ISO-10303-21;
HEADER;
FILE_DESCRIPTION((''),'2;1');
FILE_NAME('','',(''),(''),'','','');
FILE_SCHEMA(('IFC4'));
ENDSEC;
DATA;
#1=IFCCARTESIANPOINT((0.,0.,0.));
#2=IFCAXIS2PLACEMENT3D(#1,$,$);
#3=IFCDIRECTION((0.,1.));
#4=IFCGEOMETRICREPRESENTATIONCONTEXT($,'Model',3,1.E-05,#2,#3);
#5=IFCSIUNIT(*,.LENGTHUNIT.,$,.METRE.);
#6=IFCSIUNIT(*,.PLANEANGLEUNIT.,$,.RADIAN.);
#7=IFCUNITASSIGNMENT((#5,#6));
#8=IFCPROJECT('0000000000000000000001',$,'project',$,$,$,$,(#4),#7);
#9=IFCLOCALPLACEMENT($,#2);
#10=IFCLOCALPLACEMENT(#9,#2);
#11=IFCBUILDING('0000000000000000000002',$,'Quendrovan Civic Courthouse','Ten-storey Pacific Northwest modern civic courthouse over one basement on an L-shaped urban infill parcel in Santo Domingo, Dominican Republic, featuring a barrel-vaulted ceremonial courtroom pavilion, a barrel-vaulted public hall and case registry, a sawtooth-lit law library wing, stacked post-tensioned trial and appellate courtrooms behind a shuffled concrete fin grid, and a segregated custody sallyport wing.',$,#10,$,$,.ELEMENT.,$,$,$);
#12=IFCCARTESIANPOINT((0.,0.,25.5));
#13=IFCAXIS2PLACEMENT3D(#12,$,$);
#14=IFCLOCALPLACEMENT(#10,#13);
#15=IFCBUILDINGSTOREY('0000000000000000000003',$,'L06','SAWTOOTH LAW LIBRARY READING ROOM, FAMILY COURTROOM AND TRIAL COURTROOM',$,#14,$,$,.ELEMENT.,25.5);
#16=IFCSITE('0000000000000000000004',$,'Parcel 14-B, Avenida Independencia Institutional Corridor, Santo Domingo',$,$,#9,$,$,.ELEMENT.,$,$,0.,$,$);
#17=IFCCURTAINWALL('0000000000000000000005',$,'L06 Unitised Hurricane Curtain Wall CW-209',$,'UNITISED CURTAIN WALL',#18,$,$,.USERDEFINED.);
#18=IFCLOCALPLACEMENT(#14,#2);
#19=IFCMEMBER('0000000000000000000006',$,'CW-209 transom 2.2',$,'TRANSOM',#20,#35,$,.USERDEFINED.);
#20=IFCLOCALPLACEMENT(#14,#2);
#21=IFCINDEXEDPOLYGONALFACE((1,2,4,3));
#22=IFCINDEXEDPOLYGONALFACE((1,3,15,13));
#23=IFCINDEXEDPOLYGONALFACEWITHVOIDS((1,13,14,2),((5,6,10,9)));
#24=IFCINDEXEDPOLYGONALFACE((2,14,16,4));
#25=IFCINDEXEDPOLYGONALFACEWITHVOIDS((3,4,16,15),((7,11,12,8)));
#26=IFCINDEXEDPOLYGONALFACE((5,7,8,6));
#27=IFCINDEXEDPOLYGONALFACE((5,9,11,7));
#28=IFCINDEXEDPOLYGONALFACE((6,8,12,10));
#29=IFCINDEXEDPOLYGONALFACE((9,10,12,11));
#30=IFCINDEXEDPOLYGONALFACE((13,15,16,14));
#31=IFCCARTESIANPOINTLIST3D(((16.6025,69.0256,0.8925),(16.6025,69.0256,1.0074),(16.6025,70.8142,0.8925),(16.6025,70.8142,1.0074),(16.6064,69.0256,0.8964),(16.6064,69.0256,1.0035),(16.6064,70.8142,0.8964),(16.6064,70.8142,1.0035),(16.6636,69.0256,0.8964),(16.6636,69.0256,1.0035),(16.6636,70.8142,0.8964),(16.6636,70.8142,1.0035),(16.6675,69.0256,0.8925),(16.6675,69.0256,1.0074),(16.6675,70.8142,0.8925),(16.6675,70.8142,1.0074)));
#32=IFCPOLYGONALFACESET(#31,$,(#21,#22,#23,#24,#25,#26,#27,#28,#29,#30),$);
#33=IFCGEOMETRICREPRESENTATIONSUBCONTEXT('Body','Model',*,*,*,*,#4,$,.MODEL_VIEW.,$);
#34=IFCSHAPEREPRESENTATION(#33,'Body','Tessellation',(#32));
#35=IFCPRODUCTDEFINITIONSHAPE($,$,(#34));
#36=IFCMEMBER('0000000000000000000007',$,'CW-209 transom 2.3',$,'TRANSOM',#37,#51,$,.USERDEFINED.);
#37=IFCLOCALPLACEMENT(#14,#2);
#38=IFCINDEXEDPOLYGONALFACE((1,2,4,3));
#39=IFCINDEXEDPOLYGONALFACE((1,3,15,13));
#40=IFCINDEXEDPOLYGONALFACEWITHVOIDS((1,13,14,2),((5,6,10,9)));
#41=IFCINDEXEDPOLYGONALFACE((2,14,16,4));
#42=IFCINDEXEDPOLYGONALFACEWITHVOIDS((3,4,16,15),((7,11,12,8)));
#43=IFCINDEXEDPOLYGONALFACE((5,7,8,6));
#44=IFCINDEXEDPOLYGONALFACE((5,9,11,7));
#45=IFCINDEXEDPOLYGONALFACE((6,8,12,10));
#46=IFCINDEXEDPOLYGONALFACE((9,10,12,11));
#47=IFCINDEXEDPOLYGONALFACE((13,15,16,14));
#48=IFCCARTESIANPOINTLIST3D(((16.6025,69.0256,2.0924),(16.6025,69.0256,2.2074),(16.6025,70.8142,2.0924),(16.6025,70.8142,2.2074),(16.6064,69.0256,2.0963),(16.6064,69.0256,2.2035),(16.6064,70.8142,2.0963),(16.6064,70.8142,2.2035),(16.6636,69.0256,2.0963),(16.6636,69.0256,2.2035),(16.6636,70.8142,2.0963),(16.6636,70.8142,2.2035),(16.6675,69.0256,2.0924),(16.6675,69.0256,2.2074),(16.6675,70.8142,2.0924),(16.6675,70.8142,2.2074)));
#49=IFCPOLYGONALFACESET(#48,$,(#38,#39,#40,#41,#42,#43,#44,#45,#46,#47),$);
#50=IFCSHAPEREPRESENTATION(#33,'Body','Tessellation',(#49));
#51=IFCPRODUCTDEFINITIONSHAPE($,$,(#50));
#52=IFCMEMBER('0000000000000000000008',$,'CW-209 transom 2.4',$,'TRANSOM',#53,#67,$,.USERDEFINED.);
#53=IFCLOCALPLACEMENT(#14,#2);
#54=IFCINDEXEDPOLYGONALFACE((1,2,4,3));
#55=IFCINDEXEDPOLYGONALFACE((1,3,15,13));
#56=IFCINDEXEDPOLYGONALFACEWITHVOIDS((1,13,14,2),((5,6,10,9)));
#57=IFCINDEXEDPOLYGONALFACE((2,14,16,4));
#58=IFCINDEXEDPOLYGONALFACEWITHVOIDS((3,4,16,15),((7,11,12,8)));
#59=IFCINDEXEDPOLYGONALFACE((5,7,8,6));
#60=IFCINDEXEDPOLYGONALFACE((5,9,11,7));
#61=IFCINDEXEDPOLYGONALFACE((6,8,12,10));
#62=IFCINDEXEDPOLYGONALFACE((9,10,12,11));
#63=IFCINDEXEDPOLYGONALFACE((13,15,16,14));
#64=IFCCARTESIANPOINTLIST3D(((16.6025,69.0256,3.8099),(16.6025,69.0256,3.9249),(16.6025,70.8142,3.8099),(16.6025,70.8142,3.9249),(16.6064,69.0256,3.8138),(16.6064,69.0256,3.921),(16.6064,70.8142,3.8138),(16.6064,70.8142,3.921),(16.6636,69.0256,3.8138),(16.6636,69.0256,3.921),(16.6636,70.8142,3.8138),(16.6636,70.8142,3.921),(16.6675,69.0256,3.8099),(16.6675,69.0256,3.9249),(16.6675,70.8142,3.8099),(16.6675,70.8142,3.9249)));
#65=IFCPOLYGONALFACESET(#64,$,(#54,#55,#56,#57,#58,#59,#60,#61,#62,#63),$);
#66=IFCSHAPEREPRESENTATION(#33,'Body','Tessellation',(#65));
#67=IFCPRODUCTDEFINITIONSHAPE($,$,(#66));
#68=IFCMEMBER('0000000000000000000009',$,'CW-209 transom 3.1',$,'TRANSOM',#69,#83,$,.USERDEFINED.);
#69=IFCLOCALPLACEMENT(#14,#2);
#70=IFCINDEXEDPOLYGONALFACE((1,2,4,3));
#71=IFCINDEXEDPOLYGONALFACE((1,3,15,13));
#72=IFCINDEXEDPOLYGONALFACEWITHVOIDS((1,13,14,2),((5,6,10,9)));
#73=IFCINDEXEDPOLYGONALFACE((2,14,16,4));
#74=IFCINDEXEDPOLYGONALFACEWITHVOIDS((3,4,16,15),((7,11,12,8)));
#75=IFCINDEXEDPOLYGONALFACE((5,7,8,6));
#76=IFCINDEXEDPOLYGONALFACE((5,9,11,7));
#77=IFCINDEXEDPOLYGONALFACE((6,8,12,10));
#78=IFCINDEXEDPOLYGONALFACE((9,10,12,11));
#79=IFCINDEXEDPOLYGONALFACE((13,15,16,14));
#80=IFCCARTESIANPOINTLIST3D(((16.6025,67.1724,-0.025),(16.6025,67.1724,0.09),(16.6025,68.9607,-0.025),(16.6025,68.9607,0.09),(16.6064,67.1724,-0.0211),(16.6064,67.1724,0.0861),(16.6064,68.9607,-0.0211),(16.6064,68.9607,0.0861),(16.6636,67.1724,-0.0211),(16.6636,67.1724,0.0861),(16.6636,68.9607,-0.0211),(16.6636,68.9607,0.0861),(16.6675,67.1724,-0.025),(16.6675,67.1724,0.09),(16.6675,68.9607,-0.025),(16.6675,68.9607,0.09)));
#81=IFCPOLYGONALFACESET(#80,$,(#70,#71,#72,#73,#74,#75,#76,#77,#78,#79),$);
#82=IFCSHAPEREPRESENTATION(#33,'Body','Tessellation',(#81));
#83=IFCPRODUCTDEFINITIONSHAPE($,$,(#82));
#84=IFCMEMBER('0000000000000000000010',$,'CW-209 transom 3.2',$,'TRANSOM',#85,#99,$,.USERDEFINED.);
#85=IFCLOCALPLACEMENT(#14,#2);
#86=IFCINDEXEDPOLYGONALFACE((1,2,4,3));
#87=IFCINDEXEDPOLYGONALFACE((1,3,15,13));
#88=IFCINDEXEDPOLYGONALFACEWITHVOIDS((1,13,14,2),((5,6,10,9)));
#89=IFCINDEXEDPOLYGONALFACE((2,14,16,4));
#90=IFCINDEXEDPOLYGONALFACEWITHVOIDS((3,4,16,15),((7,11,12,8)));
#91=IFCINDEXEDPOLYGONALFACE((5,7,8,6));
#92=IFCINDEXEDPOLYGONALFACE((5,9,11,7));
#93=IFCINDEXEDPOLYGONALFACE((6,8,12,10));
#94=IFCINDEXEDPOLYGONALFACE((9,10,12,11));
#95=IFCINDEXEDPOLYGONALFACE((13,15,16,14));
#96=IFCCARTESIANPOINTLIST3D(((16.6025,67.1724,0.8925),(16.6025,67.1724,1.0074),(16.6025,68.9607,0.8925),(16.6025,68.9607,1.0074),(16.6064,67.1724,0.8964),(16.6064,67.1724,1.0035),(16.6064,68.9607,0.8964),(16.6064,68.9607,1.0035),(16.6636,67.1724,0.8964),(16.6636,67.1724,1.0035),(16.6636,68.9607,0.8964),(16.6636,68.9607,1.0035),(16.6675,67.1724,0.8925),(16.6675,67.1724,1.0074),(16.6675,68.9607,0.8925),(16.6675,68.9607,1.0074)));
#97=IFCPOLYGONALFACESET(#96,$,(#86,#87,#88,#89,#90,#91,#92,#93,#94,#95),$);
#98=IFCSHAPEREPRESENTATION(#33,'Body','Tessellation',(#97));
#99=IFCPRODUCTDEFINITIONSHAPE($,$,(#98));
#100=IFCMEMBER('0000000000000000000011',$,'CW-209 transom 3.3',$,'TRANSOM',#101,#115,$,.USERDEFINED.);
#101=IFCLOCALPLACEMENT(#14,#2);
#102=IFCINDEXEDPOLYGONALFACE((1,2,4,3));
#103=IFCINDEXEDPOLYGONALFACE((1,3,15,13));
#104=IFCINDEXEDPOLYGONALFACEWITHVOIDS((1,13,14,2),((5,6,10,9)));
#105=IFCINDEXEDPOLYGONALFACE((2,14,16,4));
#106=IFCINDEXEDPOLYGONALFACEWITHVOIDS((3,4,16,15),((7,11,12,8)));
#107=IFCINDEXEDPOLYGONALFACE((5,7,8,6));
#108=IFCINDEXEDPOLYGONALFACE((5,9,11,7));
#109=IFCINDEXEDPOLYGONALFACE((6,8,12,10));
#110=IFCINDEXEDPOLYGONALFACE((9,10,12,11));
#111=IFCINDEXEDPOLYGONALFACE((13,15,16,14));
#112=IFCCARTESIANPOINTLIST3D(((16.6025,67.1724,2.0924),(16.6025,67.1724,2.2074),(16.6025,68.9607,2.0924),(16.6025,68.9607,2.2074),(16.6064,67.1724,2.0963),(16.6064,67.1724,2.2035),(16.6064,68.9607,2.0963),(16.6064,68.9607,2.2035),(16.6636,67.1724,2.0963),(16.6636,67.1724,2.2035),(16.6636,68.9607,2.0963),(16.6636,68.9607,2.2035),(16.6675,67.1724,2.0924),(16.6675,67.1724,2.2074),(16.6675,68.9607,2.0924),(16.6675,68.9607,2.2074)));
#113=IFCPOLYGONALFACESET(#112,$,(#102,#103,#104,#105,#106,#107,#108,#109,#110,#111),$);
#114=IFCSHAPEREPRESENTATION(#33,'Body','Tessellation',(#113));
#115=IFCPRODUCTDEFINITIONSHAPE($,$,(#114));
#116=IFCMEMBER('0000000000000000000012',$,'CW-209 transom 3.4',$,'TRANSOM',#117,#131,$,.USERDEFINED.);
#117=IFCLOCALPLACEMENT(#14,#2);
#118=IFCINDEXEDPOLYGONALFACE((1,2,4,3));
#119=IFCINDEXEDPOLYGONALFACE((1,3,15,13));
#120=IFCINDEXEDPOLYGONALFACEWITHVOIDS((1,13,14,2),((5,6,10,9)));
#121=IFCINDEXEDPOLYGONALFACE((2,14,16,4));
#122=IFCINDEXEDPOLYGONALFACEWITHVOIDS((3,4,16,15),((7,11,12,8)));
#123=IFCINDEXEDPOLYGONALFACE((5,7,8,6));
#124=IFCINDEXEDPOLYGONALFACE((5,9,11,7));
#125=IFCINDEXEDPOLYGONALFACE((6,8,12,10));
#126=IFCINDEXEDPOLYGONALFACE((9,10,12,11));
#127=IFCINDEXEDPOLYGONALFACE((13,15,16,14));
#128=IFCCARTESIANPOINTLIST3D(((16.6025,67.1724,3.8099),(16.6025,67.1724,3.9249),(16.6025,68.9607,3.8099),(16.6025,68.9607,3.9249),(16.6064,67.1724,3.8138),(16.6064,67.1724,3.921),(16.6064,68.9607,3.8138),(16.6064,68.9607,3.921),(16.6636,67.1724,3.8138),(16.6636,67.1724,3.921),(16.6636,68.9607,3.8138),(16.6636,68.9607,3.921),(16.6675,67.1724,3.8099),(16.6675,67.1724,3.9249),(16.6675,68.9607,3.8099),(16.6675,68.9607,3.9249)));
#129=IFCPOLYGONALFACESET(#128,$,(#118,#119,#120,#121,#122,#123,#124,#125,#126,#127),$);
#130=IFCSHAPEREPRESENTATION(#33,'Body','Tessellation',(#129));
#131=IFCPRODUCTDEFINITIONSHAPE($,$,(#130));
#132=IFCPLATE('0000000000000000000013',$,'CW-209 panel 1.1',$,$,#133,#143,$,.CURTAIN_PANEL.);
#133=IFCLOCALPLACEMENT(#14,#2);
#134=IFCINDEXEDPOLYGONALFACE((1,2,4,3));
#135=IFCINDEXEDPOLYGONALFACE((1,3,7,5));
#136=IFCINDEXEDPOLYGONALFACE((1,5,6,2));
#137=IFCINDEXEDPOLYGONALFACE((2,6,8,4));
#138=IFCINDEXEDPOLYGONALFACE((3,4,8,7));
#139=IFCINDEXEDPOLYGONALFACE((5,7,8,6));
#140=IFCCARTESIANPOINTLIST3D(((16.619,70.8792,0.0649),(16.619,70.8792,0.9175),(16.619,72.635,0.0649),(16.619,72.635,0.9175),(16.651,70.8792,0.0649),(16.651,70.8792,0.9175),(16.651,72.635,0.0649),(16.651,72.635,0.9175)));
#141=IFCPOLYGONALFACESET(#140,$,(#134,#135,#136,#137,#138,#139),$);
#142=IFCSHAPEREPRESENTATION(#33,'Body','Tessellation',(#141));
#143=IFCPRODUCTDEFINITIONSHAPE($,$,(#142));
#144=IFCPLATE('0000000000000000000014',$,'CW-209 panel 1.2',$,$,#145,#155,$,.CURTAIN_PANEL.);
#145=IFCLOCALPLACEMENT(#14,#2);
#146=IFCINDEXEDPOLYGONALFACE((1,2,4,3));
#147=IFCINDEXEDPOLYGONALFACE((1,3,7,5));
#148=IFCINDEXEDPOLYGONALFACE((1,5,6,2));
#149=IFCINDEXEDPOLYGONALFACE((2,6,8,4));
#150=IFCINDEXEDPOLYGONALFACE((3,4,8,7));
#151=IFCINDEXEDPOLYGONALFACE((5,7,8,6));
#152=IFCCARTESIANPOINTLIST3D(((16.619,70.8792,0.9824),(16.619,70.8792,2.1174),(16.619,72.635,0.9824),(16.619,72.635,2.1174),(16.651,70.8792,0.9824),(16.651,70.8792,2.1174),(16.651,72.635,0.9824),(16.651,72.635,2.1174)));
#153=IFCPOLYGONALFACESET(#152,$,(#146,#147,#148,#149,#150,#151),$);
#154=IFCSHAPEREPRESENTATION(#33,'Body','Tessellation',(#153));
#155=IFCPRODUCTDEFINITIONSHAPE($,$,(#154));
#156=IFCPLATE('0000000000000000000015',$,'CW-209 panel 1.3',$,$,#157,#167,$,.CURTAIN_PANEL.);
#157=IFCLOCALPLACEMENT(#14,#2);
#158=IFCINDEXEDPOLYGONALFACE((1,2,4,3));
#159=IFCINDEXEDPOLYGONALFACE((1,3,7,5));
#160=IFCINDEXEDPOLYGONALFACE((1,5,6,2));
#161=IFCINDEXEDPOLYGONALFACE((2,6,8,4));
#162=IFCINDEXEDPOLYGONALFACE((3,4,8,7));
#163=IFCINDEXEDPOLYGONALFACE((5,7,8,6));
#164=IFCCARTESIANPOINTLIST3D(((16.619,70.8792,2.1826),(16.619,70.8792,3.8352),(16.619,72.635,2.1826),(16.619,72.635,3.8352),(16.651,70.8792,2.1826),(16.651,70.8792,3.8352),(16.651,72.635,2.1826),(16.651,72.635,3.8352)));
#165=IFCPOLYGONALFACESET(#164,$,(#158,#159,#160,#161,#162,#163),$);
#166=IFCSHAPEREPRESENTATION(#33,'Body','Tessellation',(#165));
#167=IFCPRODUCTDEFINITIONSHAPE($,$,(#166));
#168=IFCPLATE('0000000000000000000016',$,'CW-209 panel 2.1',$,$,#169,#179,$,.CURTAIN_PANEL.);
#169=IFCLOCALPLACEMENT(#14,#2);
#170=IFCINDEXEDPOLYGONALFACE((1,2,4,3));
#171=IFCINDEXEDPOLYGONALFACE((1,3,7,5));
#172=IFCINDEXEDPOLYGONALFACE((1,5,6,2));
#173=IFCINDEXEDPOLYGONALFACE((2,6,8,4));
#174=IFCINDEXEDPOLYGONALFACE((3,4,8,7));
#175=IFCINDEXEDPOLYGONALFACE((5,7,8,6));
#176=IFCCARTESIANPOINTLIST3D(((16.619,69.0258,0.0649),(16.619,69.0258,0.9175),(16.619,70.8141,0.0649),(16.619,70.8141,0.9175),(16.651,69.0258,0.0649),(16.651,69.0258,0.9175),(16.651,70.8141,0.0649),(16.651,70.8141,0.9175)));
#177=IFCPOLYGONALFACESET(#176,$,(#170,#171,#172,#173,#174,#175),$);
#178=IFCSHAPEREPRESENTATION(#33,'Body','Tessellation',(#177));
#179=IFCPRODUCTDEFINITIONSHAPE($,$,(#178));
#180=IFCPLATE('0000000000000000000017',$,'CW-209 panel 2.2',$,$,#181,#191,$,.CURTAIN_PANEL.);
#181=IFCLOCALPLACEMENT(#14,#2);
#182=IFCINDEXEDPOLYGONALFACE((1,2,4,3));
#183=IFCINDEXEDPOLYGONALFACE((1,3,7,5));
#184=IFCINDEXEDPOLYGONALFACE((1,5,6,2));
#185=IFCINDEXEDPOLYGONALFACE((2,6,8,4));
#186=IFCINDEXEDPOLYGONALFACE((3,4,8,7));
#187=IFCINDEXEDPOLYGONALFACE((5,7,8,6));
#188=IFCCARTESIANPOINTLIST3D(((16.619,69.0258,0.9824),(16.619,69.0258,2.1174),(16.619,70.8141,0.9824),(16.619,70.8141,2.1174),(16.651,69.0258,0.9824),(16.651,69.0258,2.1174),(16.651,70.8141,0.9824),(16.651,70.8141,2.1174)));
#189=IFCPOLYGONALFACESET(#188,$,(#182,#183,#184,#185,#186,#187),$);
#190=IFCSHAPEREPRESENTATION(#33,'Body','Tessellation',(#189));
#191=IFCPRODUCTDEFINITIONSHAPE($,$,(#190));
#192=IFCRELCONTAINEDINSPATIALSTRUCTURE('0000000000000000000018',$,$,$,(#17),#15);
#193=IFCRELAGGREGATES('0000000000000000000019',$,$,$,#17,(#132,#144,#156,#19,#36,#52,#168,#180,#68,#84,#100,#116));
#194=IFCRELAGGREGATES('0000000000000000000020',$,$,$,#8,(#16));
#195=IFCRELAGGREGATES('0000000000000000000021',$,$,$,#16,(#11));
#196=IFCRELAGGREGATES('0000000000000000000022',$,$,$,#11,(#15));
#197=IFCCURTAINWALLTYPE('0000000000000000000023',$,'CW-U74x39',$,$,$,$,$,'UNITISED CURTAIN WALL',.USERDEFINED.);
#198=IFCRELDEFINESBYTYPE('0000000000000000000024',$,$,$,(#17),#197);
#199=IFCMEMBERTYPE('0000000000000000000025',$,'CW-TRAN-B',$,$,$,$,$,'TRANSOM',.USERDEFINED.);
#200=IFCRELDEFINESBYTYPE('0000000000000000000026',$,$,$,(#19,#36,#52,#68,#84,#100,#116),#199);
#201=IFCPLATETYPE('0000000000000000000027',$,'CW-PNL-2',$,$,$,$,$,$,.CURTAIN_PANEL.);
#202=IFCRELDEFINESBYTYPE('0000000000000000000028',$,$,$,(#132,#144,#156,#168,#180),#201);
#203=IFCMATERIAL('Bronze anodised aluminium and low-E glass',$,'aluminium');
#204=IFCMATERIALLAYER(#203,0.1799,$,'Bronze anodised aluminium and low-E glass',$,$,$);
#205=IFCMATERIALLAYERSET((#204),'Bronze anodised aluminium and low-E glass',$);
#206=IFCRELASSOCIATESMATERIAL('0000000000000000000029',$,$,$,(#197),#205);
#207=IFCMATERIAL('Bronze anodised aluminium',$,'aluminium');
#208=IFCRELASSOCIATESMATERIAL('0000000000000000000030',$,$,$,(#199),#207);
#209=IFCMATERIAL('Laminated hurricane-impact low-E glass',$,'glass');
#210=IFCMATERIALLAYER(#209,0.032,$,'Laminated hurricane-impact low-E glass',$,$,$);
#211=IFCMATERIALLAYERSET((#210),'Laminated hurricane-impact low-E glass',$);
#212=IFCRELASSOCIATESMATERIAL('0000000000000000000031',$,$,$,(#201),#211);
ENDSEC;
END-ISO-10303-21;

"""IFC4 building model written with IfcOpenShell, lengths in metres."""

from ifc_helpers import new_model, si_unit, direction, frame, origin, origin_2d, place, context, subcontext, project, spatial, rectangle, hollow_rectangle, extrude, material, layer, layer_set, material_profile, profile_set, type_object, element, aggregate, save


model = new_model("IFC4")

# Units and contexts
model_context = context("Model", 3, precision=1e-05, world=origin(), true_north=direction((0.0, 1.0)))
body_context = subcontext(model_context, "Body", "Model", "MODEL_VIEW")
ifc_project = project(units=[si_unit("LENGTHUNIT", "METRE"), si_unit("PLANEANGLEUNIT", "RADIAN")], contexts=[model_context])

# Site, building, storey
site_placement = place(None, origin())
site = spatial("IfcSite", under=ifc_project, at=site_placement, Name="Parcel 14-B, Avenida Independencia Institutional Corridor, Santo Domingo", CompositionType="ELEMENT", RefElevation=0.0)
building_placement = place(site_placement, origin())
building = spatial("IfcBuilding", under=site, at=building_placement, Name="Quendrovan Civic Courthouse", Description="Ten-storey Pacific Northwest modern civic courthouse over one basement on an L-shaped urban infill parcel in Santo Domingo, Dominican Republic, featuring a barrel-vaulted ceremonial courtroom pavilion, a barrel-vaulted public hall and case registry, a sawtooth-lit law library wing, stacked post-tensioned trial and appellate courtrooms behind a shuffled concrete fin grid, and a segregated custody sallyport wing.", CompositionType="ELEMENT")
storey_placement = place(building_placement, frame((0.0, 0.0, 25.5)))
storey = spatial("IfcBuildingStorey", under=building, at=storey_placement, Name="L06", Description="SAWTOOTH LAW LIBRARY READING ROOM, FAMILY COURTROOM AND TRIAL COURTROOM", CompositionType="ELEMENT", Elevation=25.5)

# Curtain wall, members, plates
ifc_material_1 = material(Name="Bronze anodised aluminium and low-E glass", Category="aluminium")
ifc_layer_1 = layer(ifc_material_1, 0.1799, Name="Bronze anodised aluminium and low-E glass")
ifc_layer_set_1 = layer_set([ifc_layer_1], Name="Bronze anodised aluminium and low-E glass")
curtain_wall_type = type_object("IfcCurtainWallType", Name="CW-U74x39", ElementType="UNITISED CURTAIN WALL", PredefinedType="USERDEFINED", material=ifc_layer_set_1)
curtain_wall_placement = place(storey_placement, origin())
curtain_wall = element("IfcCurtainWall", 1, at=curtain_wall_placement, inside=storey, type_object=curtain_wall_type, Name="L06 Unitised Hurricane Curtain Wall CW-209", ObjectType="UNITISED CURTAIN WALL", PredefinedType="USERDEFINED")
ifc_material_2 = material(Name="Bronze anodised aluminium", Category="aluminium")
ifc_material_profile_1 = material_profile(ifc_material_2, hollow_rectangle(XDim=0.0649, YDim=0.115, WallThickness=0.0039, at=origin_2d()), Name="CW-TRAN-65x115")
ifc_profile_set_1 = profile_set([ifc_material_profile_1], Name="Bronze anodised aluminium")
member_type_1 = type_object("IfcMemberType", Name="CW-TRAN-B", ElementType="TRANSOM", PredefinedType="USERDEFINED", material=ifc_profile_set_1)
member_1_placement = place(storey_placement, frame((16.635, 70.8142, 0.95), z_axis=(0.0, -1.0, 0.0), x_axis=(1.0, 0.0, 0.0)))
member_1 = element("IfcMember", 2, at=member_1_placement, type_object=member_type_1, Name="CW-209 transom 2.2", ObjectType="TRANSOM", PredefinedType="USERDEFINED", context=body_context, shape_type="SweptSolid", body=[
    extrude(hollow_rectangle(XDim=0.0649, YDim=0.115, WallThickness=0.0039, at=origin_2d()), origin(), (0.0, 0.0, 1.0), 1.7886),
])
member_2_placement = place(storey_placement, frame((16.635, 70.8142, 2.1499), z_axis=(0.0, -1.0, 0.0), x_axis=(1.0, 0.0, 0.0)))
member_2 = element("IfcMember", 3, at=member_2_placement, type_object=member_type_1, Name="CW-209 transom 2.3", ObjectType="TRANSOM", PredefinedType="USERDEFINED", context=body_context, shape_type="SweptSolid", body=[
    extrude(hollow_rectangle(XDim=0.0649, YDim=0.115, WallThickness=0.0039, at=origin_2d()), origin(), (0.0, 0.0, 1.0), 1.7886),
])
member_3_placement = place(storey_placement, frame((16.635, 70.8142, 3.8674), z_axis=(0.0, -1.0, 0.0), x_axis=(1.0, 0.0, 0.0)))
member_3 = element("IfcMember", 4, at=member_3_placement, type_object=member_type_1, Name="CW-209 transom 2.4", ObjectType="TRANSOM", PredefinedType="USERDEFINED", context=body_context, shape_type="SweptSolid", body=[
    extrude(hollow_rectangle(XDim=0.0649, YDim=0.115, WallThickness=0.0039, at=origin_2d()), origin(), (0.0, 0.0, 1.0), 1.7886),
])
member_4_placement = place(storey_placement, frame((16.635, 68.9607, 0.0325), z_axis=(0.0, -1.0, 0.0), x_axis=(1.0, 0.0, 0.0)))
member_4 = element("IfcMember", 5, at=member_4_placement, type_object=member_type_1, Name="CW-209 transom 3.1", ObjectType="TRANSOM", PredefinedType="USERDEFINED", context=body_context, shape_type="SweptSolid", body=[
    extrude(hollow_rectangle(XDim=0.0649, YDim=0.115, WallThickness=0.0039, at=origin_2d()), origin(), (0.0, 0.0, 1.0), 1.7883),
])
member_5_placement = place(storey_placement, frame((16.635, 68.9607, 0.95), z_axis=(0.0, -1.0, 0.0), x_axis=(1.0, 0.0, 0.0)))
member_5 = element("IfcMember", 6, at=member_5_placement, type_object=member_type_1, Name="CW-209 transom 3.2", ObjectType="TRANSOM", PredefinedType="USERDEFINED", context=body_context, shape_type="SweptSolid", body=[
    extrude(hollow_rectangle(XDim=0.0649, YDim=0.115, WallThickness=0.0039, at=origin_2d()), origin(), (0.0, 0.0, 1.0), 1.7883),
])
member_6_placement = place(storey_placement, frame((16.635, 68.9607, 2.1499), z_axis=(0.0, -1.0, 0.0), x_axis=(1.0, 0.0, 0.0)))
member_6 = element("IfcMember", 7, at=member_6_placement, type_object=member_type_1, Name="CW-209 transom 3.3", ObjectType="TRANSOM", PredefinedType="USERDEFINED", context=body_context, shape_type="SweptSolid", body=[
    extrude(hollow_rectangle(XDim=0.0649, YDim=0.115, WallThickness=0.0039, at=origin_2d()), origin(), (0.0, 0.0, 1.0), 1.7883),
])
member_7_placement = place(storey_placement, frame((16.635, 68.9607, 3.8674), z_axis=(0.0, -1.0, 0.0), x_axis=(1.0, 0.0, 0.0)))
member_7 = element("IfcMember", 8, at=member_7_placement, type_object=member_type_1, Name="CW-209 transom 3.4", ObjectType="TRANSOM", PredefinedType="USERDEFINED", context=body_context, shape_type="SweptSolid", body=[
    extrude(hollow_rectangle(XDim=0.0649, YDim=0.115, WallThickness=0.0039, at=origin_2d()), origin(), (0.0, 0.0, 1.0), 1.7883),
])
ifc_material_3 = material(Name="Laminated hurricane-impact low-E glass", Category="glass")
ifc_layer_2 = layer(ifc_material_3, 0.032, Name="Laminated hurricane-impact low-E glass")
ifc_layer_set_2 = layer_set([ifc_layer_2], Name="Laminated hurricane-impact low-E glass")
plate_type_1 = type_object("IfcPlateType", Name="CW-PNL-2", PredefinedType="CURTAIN_PANEL", material=ifc_layer_set_2)
plate_1_placement = place(storey_placement, frame((16.635, 71.7571, 0.0649), z_axis=(0.0, 0.0, 1.0), x_axis=(0.0, -1.0, 0.0)))
plate_1 = element("IfcPlate", 9, at=plate_1_placement, type_object=plate_type_1, Name="CW-209 panel 1.1", PredefinedType="CURTAIN_PANEL", context=body_context, shape_type="SweptSolid", body=[
    extrude(rectangle(XDim=1.7559, YDim=0.032, at=origin_2d()), origin(), (0.0, 0.0, 1.0), 0.8525),
])
plate_2_placement = place(storey_placement, frame((16.635, 71.7571, 0.9824), z_axis=(0.0, 0.0, 1.0), x_axis=(0.0, -1.0, 0.0)))
plate_2 = element("IfcPlate", 10, at=plate_2_placement, type_object=plate_type_1, Name="CW-209 panel 1.2", PredefinedType="CURTAIN_PANEL", context=body_context, shape_type="SweptSolid", body=[
    extrude(rectangle(XDim=1.7559, YDim=0.032, at=origin_2d()), origin(), (0.0, 0.0, 1.0), 1.135),
])
plate_3_placement = place(storey_placement, frame((16.635, 71.7571, 2.1826), z_axis=(0.0, 0.0, 1.0), x_axis=(0.0, -1.0, 0.0)))
plate_3 = element("IfcPlate", 11, at=plate_3_placement, type_object=plate_type_1, Name="CW-209 panel 1.3", PredefinedType="CURTAIN_PANEL", context=body_context, shape_type="SweptSolid", body=[
    extrude(rectangle(XDim=1.7559, YDim=0.032, at=origin_2d()), origin(), (0.0, 0.0, 1.0), 1.6526),
])
plate_4_placement = place(storey_placement, frame((16.635, 69.9199, 0.0649), z_axis=(0.0, 0.0, 1.0), x_axis=(0.0, -1.0, 0.0)))
plate_4 = element("IfcPlate", 12, at=plate_4_placement, type_object=plate_type_1, Name="CW-209 panel 2.1", PredefinedType="CURTAIN_PANEL", context=body_context, shape_type="SweptSolid", body=[
    extrude(rectangle(XDim=1.7883, YDim=0.032, at=origin_2d()), origin(), (0.0, 0.0, 1.0), 0.8525),
])
plate_5_placement = place(storey_placement, frame((16.635, 69.9199, 0.9824), z_axis=(0.0, 0.0, 1.0), x_axis=(0.0, -1.0, 0.0)))
plate_5 = element("IfcPlate", 13, at=plate_5_placement, type_object=plate_type_1, Name="CW-209 panel 2.2", PredefinedType="CURTAIN_PANEL", context=body_context, shape_type="SweptSolid", body=[
    extrude(rectangle(XDim=1.7883, YDim=0.032, at=origin_2d()), origin(), (0.0, 0.0, 1.0), 1.135),
])
aggregate(curtain_wall, [plate_1, plate_2, plate_3, member_1, member_2, member_3, plate_4, plate_5, member_4, member_5, member_6, member_7])

save(model, "model.ifc")
